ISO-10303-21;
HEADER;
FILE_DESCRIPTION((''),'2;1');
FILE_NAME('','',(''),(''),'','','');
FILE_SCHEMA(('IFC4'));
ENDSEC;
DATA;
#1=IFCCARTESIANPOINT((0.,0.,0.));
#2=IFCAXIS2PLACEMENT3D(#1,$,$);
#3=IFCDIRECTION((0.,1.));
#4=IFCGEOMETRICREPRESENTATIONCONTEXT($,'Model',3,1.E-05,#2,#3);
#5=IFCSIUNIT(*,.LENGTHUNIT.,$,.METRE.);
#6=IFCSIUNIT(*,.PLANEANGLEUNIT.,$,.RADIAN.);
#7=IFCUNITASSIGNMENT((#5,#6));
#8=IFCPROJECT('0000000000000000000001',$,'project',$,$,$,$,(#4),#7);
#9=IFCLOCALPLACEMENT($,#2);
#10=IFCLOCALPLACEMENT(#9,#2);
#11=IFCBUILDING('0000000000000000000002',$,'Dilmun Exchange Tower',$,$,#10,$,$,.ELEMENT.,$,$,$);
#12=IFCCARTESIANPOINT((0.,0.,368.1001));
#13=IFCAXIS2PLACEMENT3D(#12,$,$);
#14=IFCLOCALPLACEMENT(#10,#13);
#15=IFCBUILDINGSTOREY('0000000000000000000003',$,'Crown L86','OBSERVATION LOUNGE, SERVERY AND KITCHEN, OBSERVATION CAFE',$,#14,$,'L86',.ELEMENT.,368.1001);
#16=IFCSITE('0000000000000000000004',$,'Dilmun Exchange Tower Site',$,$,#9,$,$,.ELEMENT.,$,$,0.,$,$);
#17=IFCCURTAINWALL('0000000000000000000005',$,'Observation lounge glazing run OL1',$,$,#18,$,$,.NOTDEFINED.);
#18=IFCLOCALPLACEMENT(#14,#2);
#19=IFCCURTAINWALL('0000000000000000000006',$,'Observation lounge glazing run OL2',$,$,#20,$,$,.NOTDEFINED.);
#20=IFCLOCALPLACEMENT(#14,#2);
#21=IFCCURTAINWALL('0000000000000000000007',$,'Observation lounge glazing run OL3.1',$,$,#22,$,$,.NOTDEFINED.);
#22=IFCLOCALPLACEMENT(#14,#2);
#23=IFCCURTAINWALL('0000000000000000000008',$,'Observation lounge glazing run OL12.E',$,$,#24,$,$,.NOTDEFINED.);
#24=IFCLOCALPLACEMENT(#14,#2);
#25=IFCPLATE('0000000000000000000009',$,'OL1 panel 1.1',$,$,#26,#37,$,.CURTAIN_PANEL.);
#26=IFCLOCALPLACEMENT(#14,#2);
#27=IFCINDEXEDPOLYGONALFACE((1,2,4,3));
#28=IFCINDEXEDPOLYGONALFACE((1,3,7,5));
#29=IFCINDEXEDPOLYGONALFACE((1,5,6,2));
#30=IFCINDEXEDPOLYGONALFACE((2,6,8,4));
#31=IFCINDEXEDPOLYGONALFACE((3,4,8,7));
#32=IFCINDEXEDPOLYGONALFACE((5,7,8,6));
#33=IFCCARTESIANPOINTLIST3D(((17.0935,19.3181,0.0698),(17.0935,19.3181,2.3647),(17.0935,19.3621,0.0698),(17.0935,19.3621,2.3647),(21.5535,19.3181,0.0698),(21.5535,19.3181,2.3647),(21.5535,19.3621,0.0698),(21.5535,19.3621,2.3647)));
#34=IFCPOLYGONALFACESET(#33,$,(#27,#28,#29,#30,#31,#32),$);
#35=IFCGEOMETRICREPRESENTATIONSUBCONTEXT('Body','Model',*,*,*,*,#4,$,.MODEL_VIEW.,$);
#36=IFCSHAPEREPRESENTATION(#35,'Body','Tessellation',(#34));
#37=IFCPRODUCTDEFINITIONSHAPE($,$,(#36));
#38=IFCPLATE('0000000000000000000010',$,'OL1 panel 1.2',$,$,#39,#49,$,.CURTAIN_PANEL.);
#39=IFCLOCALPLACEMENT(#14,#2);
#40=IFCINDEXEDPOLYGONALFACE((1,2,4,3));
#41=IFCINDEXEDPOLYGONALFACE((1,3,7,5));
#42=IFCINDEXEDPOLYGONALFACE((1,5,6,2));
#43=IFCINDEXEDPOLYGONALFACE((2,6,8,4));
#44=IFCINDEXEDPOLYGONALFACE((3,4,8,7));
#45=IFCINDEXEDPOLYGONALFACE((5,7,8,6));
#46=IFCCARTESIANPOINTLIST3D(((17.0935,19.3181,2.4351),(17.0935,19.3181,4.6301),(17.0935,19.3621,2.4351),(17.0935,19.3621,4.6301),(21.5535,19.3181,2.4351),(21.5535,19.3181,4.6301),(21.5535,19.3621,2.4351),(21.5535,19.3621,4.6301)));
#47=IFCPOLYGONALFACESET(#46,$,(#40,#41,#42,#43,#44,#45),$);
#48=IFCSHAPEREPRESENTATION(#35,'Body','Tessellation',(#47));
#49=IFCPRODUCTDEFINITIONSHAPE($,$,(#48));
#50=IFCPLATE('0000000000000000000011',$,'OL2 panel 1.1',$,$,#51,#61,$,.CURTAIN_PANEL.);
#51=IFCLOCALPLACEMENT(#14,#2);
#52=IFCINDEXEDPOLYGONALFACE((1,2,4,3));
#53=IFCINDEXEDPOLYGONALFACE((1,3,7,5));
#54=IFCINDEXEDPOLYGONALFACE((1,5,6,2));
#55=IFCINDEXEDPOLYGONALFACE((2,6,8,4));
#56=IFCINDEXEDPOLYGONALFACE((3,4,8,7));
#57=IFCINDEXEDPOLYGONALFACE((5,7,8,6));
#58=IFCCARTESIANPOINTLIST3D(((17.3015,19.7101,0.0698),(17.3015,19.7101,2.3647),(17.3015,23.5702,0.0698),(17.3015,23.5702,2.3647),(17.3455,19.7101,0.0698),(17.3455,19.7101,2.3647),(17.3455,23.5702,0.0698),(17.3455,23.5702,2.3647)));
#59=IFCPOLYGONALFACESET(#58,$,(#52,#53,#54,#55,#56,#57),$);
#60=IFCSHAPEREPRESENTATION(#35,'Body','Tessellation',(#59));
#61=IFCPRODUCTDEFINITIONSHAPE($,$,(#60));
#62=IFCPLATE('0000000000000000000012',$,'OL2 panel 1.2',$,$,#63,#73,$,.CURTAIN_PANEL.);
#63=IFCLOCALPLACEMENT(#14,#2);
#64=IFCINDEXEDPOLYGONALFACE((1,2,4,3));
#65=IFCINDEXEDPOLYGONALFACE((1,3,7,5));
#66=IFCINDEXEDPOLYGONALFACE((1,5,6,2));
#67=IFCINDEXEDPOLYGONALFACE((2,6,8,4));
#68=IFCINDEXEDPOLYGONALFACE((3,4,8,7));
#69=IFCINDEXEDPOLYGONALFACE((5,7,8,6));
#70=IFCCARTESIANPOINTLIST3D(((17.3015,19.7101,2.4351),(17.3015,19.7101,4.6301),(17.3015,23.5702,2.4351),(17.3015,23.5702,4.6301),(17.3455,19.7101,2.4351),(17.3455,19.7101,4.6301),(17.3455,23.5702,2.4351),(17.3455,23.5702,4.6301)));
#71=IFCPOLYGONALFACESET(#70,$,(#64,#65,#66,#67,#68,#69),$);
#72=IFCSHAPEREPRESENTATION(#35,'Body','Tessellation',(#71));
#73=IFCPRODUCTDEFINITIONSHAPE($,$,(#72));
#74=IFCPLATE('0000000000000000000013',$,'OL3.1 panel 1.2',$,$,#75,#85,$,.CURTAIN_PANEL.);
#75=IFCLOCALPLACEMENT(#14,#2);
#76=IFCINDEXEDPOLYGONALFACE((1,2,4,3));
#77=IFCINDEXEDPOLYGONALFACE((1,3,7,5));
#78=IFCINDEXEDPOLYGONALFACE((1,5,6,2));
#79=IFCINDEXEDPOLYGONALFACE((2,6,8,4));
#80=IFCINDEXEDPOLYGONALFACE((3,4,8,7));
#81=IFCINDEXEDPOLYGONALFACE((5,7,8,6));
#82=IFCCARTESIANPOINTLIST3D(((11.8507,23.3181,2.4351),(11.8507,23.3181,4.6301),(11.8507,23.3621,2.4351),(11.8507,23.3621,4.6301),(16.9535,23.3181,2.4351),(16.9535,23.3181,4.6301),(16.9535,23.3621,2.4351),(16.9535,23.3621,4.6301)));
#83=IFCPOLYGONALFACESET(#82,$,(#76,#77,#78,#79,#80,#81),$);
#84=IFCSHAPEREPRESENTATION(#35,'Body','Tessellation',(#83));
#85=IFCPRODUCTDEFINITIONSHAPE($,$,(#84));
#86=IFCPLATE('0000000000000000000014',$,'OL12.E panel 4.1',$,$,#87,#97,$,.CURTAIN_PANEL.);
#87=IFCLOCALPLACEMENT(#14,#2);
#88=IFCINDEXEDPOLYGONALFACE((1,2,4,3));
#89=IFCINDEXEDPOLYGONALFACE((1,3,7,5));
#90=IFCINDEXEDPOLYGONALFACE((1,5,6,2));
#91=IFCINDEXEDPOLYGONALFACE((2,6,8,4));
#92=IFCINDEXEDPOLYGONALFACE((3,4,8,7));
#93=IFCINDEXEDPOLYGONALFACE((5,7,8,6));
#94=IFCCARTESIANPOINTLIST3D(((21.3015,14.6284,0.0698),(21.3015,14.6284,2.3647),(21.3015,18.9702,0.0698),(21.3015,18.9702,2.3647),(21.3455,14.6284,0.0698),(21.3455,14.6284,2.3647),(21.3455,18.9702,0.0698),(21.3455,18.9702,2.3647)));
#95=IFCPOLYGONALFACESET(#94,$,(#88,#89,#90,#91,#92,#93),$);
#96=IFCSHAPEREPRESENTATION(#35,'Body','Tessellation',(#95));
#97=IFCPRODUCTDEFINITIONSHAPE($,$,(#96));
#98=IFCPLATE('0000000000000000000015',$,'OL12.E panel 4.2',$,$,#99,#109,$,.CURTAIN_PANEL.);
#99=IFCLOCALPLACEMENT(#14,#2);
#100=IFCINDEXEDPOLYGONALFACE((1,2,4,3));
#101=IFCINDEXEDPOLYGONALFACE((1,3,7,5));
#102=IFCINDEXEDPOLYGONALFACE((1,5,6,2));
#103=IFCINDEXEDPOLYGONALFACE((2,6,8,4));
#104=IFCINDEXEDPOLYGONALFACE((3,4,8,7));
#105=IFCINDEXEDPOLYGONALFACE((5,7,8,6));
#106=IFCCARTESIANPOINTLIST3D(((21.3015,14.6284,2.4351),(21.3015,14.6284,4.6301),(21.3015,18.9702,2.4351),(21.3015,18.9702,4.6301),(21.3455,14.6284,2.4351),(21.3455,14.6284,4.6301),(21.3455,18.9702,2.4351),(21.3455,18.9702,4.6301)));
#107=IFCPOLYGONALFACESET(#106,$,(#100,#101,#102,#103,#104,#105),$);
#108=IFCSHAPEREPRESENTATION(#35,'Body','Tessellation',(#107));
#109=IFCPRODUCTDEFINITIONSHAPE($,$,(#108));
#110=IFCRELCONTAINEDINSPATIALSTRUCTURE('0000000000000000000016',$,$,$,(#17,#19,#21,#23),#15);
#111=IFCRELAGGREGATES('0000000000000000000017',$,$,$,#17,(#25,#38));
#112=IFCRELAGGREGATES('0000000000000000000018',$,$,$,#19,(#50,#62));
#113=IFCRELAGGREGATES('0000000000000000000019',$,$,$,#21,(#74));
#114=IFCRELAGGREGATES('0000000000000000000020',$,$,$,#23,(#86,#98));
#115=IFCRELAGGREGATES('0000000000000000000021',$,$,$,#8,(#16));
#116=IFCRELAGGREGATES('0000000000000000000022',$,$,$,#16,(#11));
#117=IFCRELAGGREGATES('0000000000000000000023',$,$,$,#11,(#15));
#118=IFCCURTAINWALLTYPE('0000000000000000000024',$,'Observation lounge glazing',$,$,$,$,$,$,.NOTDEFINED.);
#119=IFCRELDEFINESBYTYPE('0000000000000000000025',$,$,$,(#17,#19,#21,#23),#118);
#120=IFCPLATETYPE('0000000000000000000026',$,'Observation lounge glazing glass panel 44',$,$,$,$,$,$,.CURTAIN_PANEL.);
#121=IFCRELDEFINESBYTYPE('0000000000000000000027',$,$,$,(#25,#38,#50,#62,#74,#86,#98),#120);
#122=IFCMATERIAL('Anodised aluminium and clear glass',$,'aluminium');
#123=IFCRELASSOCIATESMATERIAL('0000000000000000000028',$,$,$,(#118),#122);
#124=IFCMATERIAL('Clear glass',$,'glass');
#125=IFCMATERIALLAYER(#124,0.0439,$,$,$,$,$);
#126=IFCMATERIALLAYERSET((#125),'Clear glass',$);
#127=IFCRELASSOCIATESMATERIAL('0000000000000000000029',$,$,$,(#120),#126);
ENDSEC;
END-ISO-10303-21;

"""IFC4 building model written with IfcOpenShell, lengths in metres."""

from ifc_helpers import new_model, si_unit, direction, frame, origin, origin_2d, place, context, subcontext, project, spatial, rectangle, extrude, material, layer, layer_set, type_object, element, aggregate, save


model = new_model("IFC4")

# Units and contexts
model_context = context("Model", 3, precision=1e-05, world=origin(), true_north=direction((0.0, 1.0)))
body_context = subcontext(model_context, "Body", "Model", "MODEL_VIEW")
ifc_project = project(units=[si_unit("LENGTHUNIT", "METRE"), si_unit("PLANEANGLEUNIT", "RADIAN")], contexts=[model_context])

# Site, building, storey
site_placement = place(None, origin())
site = spatial("IfcSite", under=ifc_project, at=site_placement, Name="Dilmun Exchange Tower Site", CompositionType="ELEMENT", RefElevation=0.0)
building_placement = place(site_placement, origin())
building = spatial("IfcBuilding", under=site, at=building_placement, Name="Dilmun Exchange Tower", CompositionType="ELEMENT")
storey_placement = place(building_placement, frame((0.0, 0.0, 368.1001)))
storey = spatial("IfcBuildingStorey", under=building, at=storey_placement, Name="Crown L86", Description="OBSERVATION LOUNGE, SERVERY AND KITCHEN, OBSERVATION CAFE", LongName="L86", CompositionType="ELEMENT", Elevation=368.1001)

# Curtain walls
ifc_material_1 = material(Name="Anodised aluminium and clear glass", Category="aluminium")
curtain_wall_type = type_object("IfcCurtainWallType", Name="Observation lounge glazing", PredefinedType="NOTDEFINED", material=ifc_material_1)
curtain_wall_1_placement = place(storey_placement, origin())
curtain_wall_1 = element("IfcCurtainWall", 1, at=curtain_wall_1_placement, inside=storey, type_object=curtain_wall_type, Name="Observation lounge glazing run OL1", PredefinedType="NOTDEFINED")
curtain_wall_2_placement = place(storey_placement, origin())
curtain_wall_2 = element("IfcCurtainWall", 2, at=curtain_wall_2_placement, inside=storey, type_object=curtain_wall_type, Name="Observation lounge glazing run OL2", PredefinedType="NOTDEFINED")

# Curtain walls
curtain_wall_3_placement = place(storey_placement, origin())
curtain_wall_3 = element("IfcCurtainWall", 3, at=curtain_wall_3_placement, inside=storey, type_object=curtain_wall_type, Name="Observation lounge glazing run OL3.1", PredefinedType="NOTDEFINED")
curtain_wall_4_placement = place(storey_placement, origin())
curtain_wall_4 = element("IfcCurtainWall", 4, at=curtain_wall_4_placement, inside=storey, type_object=curtain_wall_type, Name="Observation lounge glazing run OL12.E", PredefinedType="NOTDEFINED")

# Plates
ifc_material_2 = material(Name="Clear glass", Category="glass")
ifc_layer = layer(ifc_material_2, 0.0439)
ifc_layer_set = layer_set([ifc_layer], Name="Clear glass")
plate_type = type_object("IfcPlateType", Name="Observation lounge glazing glass panel 44", PredefinedType="CURTAIN_PANEL", material=ifc_layer_set)
plate_1_placement = place(storey_placement, frame((19.3235, 19.3401, 0.0698), z_axis=(0.0, 0.0, 1.0), x_axis=(-1.0, 0.0, 0.0)))
plate_1 = element("IfcPlate", 5, at=plate_1_placement, type_object=plate_type, Name="OL1 panel 1.1", PredefinedType="CURTAIN_PANEL", context=body_context, shape_type="SweptSolid", body=[
    extrude(rectangle(XDim=4.46, YDim=0.0439, at=origin_2d()), origin(), (0.0, 0.0, 1.0), 2.2949),
])
plate_2_placement = place(storey_placement, frame((19.3235, 19.3401, 2.4351), z_axis=(0.0, 0.0, 1.0), x_axis=(-1.0, 0.0, 0.0)))
plate_2 = element("IfcPlate", 6, at=plate_2_placement, type_object=plate_type, Name="OL1 panel 1.2", PredefinedType="CURTAIN_PANEL", context=body_context, shape_type="SweptSolid", body=[
    extrude(rectangle(XDim=4.46, YDim=0.0439, at=origin_2d()), origin(), (0.0, 0.0, 1.0), 2.1951),
])
aggregate(curtain_wall_1, [plate_1, plate_2])
plate_3_placement = place(storey_placement, frame((17.3235, 21.6401, 0.0698), z_axis=(0.0, 0.0, 1.0), x_axis=(0.0, 1.0, 0.0)))
plate_3 = element("IfcPlate", 7, at=plate_3_placement, type_object=plate_type, Name="OL2 panel 1.1", PredefinedType="CURTAIN_PANEL", context=body_context, shape_type="SweptSolid", body=[
    extrude(rectangle(XDim=3.8601, YDim=0.0439, at=origin_2d()), origin(), (0.0, 0.0, 1.0), 2.2949),
])
plate_4_placement = place(storey_placement, frame((17.3235, 21.6401, 2.4351), z_axis=(0.0, 0.0, 1.0), x_axis=(0.0, 1.0, 0.0)))
plate_4 = element("IfcPlate", 8, at=plate_4_placement, type_object=plate_type, Name="OL2 panel 1.2", PredefinedType="CURTAIN_PANEL", context=body_context, shape_type="SweptSolid", body=[
    extrude(rectangle(XDim=3.8601, YDim=0.0439, at=origin_2d()), origin(), (0.0, 0.0, 1.0), 2.1951),
])
aggregate(curtain_wall_2, [plate_3, plate_4])
plate_5_placement = place(storey_placement, frame((14.4021, 23.3401, 2.4351), z_axis=(0.0, 0.0, 1.0), x_axis=(-1.0, 0.0, 0.0)))
plate_5 = element("IfcPlate", 9, at=plate_5_placement, type_object=plate_type, Name="OL3.1 panel 1.2", PredefinedType="CURTAIN_PANEL", context=body_context, shape_type="SweptSolid", body=[
    extrude(rectangle(XDim=5.1028, YDim=0.0439, at=origin_2d()), origin(), (0.0, 0.0, 1.0), 2.1951),
])
aggregate(curtain_wall_3, [plate_5])
plate_6_placement = place(storey_placement, frame((21.3235, 16.7993, 0.0698), z_axis=(0.0, 0.0, 1.0), x_axis=(0.0, 1.0, 0.0)))
plate_6 = element("IfcPlate", 10, at=plate_6_placement, type_object=plate_type, Name="OL12.E panel 4.1", PredefinedType="CURTAIN_PANEL", context=body_context, shape_type="SweptSolid", body=[
    extrude(rectangle(XDim=4.3418, YDim=0.0439, at=origin_2d()), origin(), (0.0, 0.0, 1.0), 2.2949),
])
plate_7_placement = place(storey_placement, frame((21.3235, 16.7993, 2.4351), z_axis=(0.0, 0.0, 1.0), x_axis=(0.0, 1.0, 0.0)))
plate_7 = element("IfcPlate", 11, at=plate_7_placement, type_object=plate_type, Name="OL12.E panel 4.2", PredefinedType="CURTAIN_PANEL", context=body_context, shape_type="SweptSolid", body=[
    extrude(rectangle(XDim=4.3418, YDim=0.0439, at=origin_2d()), origin(), (0.0, 0.0, 1.0), 2.1951),
])
aggregate(curtain_wall_4, [plate_6, plate_7])

save(model, "model.ifc")
